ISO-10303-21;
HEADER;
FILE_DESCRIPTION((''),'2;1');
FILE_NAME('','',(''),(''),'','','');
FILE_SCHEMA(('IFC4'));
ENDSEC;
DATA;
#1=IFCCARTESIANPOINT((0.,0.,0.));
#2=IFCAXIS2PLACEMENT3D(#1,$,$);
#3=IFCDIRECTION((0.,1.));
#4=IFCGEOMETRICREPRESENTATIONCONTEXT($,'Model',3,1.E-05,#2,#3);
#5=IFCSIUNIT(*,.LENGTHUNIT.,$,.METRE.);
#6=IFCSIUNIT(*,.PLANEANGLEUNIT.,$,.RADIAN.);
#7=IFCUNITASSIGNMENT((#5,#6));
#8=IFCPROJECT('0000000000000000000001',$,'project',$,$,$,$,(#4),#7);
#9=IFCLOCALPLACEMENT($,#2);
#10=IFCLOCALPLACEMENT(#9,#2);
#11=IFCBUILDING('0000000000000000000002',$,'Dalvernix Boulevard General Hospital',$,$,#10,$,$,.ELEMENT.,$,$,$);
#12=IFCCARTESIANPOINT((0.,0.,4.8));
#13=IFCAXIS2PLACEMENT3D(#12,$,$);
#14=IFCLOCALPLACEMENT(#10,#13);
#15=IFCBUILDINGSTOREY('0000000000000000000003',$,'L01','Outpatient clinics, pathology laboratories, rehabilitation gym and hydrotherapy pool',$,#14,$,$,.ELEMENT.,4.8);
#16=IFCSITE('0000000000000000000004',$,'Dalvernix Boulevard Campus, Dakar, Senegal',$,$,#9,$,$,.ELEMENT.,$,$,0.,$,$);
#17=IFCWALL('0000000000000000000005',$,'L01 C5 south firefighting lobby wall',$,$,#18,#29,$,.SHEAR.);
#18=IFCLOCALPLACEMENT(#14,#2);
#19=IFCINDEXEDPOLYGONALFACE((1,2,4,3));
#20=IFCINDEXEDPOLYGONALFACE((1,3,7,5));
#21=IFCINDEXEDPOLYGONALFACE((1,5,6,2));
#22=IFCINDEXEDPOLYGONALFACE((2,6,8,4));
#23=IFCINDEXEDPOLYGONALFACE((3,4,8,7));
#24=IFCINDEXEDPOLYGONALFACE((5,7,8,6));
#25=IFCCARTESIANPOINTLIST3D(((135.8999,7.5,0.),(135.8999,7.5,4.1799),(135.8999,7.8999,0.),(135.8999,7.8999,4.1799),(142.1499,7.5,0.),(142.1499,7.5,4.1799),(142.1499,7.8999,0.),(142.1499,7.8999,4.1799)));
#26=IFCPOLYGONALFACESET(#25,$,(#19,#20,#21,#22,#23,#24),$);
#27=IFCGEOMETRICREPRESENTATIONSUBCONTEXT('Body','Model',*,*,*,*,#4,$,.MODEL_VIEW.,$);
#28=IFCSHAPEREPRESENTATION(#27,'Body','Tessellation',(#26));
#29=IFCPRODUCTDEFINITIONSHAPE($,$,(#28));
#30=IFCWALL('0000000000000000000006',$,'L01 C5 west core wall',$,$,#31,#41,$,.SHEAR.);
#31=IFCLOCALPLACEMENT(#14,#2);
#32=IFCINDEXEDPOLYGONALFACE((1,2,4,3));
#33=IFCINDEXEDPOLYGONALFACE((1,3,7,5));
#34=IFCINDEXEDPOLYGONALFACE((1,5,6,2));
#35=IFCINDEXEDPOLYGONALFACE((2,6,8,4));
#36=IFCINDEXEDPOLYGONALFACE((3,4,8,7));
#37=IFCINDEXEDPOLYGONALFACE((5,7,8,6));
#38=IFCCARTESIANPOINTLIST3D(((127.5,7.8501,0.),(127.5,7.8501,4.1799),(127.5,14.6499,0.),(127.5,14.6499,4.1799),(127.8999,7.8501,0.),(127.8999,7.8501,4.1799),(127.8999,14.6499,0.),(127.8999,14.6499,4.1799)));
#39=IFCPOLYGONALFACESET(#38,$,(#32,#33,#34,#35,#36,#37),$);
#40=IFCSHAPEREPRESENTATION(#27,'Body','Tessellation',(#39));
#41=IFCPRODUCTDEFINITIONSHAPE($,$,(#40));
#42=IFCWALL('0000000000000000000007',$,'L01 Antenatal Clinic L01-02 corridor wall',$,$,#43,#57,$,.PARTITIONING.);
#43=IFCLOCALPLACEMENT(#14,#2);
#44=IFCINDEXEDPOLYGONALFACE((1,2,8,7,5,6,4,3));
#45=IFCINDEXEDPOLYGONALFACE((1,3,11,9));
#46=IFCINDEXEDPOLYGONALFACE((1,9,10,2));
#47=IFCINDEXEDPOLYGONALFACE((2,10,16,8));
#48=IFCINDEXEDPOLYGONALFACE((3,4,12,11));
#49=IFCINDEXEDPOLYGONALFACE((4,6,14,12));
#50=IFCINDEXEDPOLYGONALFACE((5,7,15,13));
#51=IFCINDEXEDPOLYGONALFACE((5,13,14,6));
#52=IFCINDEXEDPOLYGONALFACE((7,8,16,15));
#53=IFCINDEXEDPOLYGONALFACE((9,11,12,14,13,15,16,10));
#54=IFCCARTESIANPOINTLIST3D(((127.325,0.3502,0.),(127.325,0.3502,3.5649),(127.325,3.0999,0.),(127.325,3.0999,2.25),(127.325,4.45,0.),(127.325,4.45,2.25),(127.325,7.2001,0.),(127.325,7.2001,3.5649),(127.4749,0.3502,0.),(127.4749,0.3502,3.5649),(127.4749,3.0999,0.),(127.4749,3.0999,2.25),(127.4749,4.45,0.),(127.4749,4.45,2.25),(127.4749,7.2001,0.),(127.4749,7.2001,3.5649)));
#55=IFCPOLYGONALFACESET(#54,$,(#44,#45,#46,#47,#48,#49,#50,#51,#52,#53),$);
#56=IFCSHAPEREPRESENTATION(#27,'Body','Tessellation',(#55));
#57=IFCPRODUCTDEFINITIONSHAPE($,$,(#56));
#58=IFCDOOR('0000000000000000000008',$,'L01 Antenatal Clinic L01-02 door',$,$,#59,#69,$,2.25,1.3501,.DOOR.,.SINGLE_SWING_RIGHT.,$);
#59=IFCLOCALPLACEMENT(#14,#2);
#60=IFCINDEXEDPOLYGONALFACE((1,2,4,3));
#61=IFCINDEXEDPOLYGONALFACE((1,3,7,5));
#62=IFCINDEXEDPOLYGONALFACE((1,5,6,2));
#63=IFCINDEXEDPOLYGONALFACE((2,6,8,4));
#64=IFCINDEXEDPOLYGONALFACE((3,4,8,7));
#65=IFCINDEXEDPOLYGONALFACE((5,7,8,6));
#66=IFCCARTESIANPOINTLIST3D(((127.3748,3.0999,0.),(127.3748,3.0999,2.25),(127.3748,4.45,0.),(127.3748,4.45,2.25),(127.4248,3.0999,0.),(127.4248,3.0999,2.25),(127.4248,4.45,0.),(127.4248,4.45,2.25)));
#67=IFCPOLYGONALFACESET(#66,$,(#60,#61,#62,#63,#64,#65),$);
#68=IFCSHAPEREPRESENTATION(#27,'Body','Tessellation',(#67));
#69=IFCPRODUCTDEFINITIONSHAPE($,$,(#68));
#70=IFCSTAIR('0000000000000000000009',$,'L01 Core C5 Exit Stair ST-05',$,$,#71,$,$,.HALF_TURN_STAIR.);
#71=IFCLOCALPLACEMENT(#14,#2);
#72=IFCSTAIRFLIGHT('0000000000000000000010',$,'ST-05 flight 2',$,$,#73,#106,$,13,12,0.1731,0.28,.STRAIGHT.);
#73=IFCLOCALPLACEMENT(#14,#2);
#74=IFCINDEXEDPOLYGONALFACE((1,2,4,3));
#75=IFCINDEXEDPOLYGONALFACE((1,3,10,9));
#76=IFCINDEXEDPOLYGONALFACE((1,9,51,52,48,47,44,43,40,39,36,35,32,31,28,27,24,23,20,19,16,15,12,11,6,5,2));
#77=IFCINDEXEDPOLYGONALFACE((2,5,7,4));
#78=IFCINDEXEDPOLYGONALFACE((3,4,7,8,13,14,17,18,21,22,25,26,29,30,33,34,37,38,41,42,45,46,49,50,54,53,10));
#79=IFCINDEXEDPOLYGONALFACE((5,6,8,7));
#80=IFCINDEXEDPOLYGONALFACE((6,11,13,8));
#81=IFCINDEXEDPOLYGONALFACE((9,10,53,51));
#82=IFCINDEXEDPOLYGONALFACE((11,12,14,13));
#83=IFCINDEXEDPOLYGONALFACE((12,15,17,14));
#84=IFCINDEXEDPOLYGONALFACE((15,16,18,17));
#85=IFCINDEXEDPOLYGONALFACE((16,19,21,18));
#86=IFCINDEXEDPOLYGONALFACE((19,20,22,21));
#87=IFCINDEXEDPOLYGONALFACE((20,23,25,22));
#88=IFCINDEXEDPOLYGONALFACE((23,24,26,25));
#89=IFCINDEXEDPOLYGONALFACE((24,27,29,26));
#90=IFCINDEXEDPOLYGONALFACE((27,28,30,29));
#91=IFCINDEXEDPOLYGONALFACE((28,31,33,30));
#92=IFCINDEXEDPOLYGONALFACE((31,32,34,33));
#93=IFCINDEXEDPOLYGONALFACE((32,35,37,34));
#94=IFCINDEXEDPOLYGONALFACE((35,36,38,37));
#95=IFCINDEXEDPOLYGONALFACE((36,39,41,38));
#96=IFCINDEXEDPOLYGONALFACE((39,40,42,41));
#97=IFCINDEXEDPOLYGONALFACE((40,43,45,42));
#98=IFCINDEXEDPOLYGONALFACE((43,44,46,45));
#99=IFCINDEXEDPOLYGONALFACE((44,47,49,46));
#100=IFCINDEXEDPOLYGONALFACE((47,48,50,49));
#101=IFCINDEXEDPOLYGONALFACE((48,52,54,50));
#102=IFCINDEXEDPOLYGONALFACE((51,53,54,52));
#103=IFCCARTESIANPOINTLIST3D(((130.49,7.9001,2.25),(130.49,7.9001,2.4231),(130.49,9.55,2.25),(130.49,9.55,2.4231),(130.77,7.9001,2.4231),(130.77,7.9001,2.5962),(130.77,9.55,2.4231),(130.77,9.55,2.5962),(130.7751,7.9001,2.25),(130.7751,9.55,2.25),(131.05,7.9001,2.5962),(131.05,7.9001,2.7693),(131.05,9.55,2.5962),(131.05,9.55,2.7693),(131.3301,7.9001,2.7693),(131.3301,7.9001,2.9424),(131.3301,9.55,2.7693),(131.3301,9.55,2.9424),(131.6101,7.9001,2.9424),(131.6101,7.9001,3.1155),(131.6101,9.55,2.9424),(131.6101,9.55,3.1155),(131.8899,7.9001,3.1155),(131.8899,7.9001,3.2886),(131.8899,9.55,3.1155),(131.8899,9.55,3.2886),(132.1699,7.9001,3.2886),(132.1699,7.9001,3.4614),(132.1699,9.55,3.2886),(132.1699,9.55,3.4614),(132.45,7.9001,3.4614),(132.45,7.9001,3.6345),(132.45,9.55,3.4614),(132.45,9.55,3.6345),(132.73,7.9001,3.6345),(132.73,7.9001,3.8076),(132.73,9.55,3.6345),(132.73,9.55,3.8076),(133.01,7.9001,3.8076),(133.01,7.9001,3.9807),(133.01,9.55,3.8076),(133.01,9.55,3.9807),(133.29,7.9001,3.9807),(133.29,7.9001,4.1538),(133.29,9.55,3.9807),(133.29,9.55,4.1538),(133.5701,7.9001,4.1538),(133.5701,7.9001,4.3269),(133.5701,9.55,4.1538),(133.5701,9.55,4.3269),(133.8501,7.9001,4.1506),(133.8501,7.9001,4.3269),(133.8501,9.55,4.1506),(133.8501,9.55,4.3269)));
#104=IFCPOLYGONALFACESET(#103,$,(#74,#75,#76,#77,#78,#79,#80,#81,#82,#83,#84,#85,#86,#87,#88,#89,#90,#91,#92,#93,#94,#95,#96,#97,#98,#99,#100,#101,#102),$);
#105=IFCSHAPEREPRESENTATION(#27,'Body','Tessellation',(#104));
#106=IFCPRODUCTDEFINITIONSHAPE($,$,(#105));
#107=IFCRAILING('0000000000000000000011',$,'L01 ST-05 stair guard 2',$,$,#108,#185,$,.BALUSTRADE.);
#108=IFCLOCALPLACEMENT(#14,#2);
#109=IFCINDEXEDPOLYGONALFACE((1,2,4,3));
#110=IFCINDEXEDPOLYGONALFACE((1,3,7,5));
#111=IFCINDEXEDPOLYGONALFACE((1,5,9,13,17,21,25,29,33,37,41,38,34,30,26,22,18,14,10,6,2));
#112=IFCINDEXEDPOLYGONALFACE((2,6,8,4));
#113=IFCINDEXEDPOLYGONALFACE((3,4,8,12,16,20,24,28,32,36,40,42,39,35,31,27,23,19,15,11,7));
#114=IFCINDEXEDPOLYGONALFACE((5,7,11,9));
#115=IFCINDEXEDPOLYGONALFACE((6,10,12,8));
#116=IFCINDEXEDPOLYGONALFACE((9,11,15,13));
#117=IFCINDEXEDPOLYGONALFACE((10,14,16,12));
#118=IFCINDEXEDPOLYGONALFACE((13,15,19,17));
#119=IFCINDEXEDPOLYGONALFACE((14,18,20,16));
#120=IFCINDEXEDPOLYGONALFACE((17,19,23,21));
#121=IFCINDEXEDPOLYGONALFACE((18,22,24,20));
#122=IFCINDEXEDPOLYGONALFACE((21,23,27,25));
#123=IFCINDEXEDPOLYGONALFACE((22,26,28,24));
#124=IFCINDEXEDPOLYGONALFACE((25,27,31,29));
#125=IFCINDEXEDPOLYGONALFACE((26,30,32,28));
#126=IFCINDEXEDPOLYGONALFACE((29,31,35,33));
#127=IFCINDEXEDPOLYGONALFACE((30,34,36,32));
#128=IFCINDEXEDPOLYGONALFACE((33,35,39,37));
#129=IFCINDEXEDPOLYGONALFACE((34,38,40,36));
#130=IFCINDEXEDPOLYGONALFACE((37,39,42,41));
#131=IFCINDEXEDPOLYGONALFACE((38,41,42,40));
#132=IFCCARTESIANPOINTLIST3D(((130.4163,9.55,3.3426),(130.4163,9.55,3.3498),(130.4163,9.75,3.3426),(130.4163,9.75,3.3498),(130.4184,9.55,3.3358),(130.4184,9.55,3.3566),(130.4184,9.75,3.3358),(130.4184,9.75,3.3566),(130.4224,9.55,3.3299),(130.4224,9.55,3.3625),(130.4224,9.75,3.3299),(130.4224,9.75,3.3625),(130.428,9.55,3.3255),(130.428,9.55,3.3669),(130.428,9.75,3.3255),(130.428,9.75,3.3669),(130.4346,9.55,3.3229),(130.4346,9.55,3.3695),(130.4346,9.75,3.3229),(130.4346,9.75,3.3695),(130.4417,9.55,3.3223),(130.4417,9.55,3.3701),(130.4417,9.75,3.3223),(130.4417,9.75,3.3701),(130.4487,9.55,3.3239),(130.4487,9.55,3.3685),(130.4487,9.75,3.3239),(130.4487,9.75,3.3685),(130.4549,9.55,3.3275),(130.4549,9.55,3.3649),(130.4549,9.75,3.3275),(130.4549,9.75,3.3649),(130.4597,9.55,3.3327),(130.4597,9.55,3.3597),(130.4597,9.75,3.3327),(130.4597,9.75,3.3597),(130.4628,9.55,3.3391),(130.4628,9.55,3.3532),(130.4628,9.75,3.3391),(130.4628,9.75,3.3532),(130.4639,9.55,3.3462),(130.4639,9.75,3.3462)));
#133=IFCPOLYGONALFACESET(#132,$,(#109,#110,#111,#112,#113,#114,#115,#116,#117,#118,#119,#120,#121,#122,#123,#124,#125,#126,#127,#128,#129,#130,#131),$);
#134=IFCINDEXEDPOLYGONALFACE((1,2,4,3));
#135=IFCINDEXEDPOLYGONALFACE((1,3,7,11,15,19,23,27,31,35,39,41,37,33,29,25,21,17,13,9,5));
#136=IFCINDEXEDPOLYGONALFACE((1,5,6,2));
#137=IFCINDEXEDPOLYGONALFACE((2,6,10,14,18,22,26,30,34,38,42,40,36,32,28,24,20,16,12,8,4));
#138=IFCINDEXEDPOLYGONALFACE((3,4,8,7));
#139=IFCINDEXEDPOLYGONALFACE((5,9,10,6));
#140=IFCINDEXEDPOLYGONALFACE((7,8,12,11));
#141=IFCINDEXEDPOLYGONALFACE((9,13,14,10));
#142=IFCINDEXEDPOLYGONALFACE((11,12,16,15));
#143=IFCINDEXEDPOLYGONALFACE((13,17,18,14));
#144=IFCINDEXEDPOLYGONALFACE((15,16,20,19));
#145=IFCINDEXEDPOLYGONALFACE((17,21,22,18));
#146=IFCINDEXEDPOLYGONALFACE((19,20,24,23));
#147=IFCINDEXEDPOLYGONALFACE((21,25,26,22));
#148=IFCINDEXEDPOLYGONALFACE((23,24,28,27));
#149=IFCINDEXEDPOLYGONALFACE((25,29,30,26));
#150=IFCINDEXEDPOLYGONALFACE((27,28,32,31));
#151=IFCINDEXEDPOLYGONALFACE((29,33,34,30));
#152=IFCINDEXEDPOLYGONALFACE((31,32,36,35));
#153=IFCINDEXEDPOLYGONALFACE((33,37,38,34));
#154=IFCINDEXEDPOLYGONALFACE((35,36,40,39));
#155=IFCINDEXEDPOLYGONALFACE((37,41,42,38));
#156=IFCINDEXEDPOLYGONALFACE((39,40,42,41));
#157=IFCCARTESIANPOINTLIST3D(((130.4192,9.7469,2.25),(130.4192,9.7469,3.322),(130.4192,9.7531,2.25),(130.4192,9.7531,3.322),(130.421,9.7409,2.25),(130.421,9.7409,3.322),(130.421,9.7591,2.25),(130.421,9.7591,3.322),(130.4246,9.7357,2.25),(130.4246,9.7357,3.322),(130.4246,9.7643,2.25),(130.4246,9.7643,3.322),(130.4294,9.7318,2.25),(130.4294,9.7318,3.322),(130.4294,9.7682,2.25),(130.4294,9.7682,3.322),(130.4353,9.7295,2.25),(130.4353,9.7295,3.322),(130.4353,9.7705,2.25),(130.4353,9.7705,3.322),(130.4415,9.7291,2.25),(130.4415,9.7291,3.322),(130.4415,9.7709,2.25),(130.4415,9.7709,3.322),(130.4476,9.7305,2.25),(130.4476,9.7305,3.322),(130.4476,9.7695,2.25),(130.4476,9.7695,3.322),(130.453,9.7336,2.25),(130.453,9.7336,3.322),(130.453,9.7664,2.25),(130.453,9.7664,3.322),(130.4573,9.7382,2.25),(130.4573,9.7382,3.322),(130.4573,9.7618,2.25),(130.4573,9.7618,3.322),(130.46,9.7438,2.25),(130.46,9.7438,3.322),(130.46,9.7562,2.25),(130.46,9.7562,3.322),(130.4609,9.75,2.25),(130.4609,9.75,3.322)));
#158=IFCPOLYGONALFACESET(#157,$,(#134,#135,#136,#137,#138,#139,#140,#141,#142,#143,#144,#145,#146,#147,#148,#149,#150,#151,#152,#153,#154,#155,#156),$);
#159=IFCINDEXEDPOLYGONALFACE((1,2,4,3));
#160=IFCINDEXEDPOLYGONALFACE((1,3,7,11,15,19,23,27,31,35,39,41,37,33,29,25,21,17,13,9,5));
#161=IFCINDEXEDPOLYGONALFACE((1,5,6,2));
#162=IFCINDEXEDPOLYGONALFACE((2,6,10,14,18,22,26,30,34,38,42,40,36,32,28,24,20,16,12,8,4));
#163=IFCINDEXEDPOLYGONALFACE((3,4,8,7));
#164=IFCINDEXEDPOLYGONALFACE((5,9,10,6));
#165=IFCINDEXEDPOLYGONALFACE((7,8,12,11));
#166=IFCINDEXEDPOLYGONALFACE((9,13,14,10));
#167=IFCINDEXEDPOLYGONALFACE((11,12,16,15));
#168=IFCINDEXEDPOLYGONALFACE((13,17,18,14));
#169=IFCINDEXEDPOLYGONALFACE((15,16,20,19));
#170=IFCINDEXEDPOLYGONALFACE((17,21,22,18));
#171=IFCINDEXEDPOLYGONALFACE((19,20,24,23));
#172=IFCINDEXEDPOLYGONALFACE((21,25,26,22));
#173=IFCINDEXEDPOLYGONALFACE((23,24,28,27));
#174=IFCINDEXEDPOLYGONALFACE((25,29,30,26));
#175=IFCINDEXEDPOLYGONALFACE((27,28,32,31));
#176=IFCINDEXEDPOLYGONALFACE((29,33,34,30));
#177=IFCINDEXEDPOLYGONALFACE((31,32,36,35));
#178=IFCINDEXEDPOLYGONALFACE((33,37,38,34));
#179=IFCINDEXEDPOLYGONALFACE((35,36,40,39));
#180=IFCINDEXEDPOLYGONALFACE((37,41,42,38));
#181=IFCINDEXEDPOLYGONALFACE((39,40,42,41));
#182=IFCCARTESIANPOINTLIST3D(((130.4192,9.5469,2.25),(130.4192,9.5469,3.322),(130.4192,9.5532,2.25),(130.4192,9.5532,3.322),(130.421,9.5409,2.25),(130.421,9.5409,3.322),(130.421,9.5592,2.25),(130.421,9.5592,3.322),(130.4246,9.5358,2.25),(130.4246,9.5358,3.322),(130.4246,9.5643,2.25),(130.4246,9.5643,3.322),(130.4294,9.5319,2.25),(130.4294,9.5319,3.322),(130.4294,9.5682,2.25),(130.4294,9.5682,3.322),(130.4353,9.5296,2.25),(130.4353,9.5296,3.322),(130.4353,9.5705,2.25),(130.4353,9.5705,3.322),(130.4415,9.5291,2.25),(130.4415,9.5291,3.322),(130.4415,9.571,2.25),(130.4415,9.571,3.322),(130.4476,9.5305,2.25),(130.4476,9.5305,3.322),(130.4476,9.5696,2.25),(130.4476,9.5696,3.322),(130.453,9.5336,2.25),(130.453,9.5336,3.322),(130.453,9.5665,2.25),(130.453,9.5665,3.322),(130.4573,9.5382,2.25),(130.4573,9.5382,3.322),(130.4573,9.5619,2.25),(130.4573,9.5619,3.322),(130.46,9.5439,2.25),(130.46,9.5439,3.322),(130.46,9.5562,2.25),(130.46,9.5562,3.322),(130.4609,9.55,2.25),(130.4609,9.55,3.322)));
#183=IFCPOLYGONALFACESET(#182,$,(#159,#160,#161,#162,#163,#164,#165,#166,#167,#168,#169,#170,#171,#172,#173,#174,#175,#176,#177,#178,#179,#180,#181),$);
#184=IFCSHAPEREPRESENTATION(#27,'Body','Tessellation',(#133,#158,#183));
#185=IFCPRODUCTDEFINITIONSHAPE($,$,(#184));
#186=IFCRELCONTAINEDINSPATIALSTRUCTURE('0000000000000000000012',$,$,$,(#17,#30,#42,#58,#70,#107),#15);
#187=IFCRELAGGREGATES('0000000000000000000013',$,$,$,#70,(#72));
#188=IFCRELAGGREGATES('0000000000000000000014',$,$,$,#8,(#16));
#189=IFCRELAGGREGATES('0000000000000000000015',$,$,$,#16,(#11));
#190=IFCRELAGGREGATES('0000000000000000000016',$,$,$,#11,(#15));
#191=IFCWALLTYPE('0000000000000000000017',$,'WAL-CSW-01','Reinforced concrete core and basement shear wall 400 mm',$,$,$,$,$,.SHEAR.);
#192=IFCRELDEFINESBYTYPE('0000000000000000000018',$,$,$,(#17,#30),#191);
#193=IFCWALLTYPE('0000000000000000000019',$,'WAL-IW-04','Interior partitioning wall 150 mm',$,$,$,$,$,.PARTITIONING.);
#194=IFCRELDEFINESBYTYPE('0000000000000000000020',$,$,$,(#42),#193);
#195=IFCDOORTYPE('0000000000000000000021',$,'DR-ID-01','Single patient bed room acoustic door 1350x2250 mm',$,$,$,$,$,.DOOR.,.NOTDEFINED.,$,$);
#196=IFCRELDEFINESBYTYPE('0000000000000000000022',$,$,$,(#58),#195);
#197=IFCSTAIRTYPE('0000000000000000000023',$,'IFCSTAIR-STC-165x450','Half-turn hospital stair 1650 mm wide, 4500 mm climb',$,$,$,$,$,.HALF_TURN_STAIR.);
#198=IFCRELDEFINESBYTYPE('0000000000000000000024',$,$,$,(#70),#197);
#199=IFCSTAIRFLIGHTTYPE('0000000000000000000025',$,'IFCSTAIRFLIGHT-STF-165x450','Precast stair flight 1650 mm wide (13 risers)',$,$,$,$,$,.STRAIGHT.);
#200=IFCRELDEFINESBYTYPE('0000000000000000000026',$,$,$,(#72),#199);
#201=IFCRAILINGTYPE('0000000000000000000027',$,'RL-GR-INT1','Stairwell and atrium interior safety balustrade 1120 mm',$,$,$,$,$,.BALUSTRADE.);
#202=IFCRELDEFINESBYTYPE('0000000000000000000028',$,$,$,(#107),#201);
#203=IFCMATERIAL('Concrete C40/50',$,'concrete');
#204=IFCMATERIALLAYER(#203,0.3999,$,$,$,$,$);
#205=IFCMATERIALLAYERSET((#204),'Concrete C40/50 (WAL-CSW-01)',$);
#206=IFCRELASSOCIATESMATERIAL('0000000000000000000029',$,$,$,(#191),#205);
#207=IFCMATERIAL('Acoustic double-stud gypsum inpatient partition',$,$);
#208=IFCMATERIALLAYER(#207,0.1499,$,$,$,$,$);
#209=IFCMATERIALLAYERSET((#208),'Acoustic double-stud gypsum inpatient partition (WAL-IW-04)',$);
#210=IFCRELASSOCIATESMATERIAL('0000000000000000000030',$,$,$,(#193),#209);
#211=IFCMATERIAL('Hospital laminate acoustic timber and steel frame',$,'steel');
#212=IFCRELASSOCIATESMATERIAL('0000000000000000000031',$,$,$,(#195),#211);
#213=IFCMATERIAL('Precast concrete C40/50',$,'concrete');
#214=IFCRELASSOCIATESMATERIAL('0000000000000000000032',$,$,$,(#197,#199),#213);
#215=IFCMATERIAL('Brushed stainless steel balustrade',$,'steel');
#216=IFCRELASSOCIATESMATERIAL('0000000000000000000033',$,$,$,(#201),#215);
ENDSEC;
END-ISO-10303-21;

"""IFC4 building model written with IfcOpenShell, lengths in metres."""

from ifc_helpers import new_model, si_unit, direction, frame, frame_2d, origin, origin_2d, place, context, subcontext, project, spatial, polyline, rectangle, circle, outline, extrude, material, layer, layer_set, type_object, element, fill, aggregate, save


model = new_model("IFC4")

# Units and contexts
model_context = context("Model", 3, precision=1e-05, world=origin(), true_north=direction((0.0, 1.0)))
body_context = subcontext(model_context, "Body", "Model", "MODEL_VIEW")
ifc_project = project(units=[si_unit("LENGTHUNIT", "METRE"), si_unit("PLANEANGLEUNIT", "RADIAN")], contexts=[model_context])

# Site, building, storey
site_placement = place(None, origin())
site = spatial("IfcSite", under=ifc_project, at=site_placement, Name="Dalvernix Boulevard Campus, Dakar, Senegal", CompositionType="ELEMENT", RefElevation=0.0)
building_placement = place(site_placement, origin())
building = spatial("IfcBuilding", under=site, at=building_placement, Name="Dalvernix Boulevard General Hospital", CompositionType="ELEMENT")
storey_placement = place(building_placement, frame((0.0, 0.0, 4.8)))
storey = spatial("IfcBuildingStorey", under=building, at=storey_placement, Name="L01", Description="Outpatient clinics, pathology laboratories, rehabilitation gym and hydrotherapy pool", CompositionType="ELEMENT", Elevation=4.8)

# Shared definitions
ifc_material_1 = material(Name="Concrete C40/50", Category="concrete")

# Walls
ifc_layer_1 = layer(ifc_material_1, 0.3999)
ifc_layer_set_1 = layer_set([ifc_layer_1], Name="Concrete C40/50 (WAL-CSW-01)")
wall_type_1 = type_object("IfcWallType", Name="WAL-CSW-01", Description="Reinforced concrete core and basement shear wall 400 mm", PredefinedType="SHEAR", material=ifc_layer_set_1)
wall_1_placement = place(storey_placement, frame((135.8999, 7.7, 0.0), z_axis=(0.0, 0.0, 1.0), x_axis=(1.0, 0.0, 0.0)))
element("IfcWall", 1, at=wall_1_placement, inside=storey, type_object=wall_type_1, Name="L01 C5 south firefighting lobby wall", PredefinedType="SHEAR", context=body_context, shape_type="SweptSolid", body=[
    extrude(rectangle(XDim=6.25, YDim=0.3999, at=frame_2d((3.125, 0.0))), origin(), (0.0, 0.0, 1.0), 4.1799),
])
wall_2_placement = place(storey_placement, frame((127.7, 7.8501, 0.0), z_axis=(0.0, 0.0, 1.0), x_axis=(0.0, 1.0, 0.0)))
element("IfcWall", 2, at=wall_2_placement, inside=storey, type_object=wall_type_1, Name="L01 C5 west core wall", PredefinedType="SHEAR", context=body_context, shape_type="SweptSolid", body=[
    extrude(rectangle(XDim=6.7998, YDim=0.3999, at=frame_2d((3.3999, 0.0))), origin(), (0.0, 0.0, 1.0), 4.1799),
])

# Wall, opening, door
ifc_material_2 = material(Name="Acoustic double-stud gypsum inpatient partition")
ifc_layer_2 = layer(ifc_material_2, 0.1499)
ifc_layer_set_2 = layer_set([ifc_layer_2], Name="Acoustic double-stud gypsum inpatient partition (WAL-IW-04)")
wall_type_2 = type_object("IfcWallType", Name="WAL-IW-04", Description="Interior partitioning wall 150 mm", PredefinedType="PARTITIONING", material=ifc_layer_set_2)
wall_3_placement = place(storey_placement, frame((127.3999, 7.2, 0.0), z_axis=(0.0, 0.0, 1.0), x_axis=(0.0, -1.0, 0.0)))
wall_3 = element("IfcWall", 3, at=wall_3_placement, inside=storey, type_object=wall_type_2, Name="L01 Antenatal Clinic L01-02 corridor wall", PredefinedType="PARTITIONING", context=body_context, shape_type="SweptSolid", body=[
    extrude(rectangle(XDim=6.8499, YDim=0.1499, at=frame_2d((3.4248, 0.0))), origin(), (0.0, 0.0, 1.0), 3.5649),
])
opening_placement = place(wall_3_placement, frame((2.75, 0.0, 0.0)))
opening = element("IfcOpeningElement", 4, at=opening_placement, cuts=wall_3, PredefinedType="OPENING", context=body_context, shape_type="SweptSolid", body=[
    extrude(rectangle(XDim=1.3501, YDim=2.25, at=frame_2d((0.675, 1.125))), frame((0.0, 0.085, 0.0), z_axis=(0.0, -1.0, 0.0), x_axis=(1.0, 0.0, 0.0)), (0.0, 0.0, 1.0), 0.1699),
])
ifc_material_3 = material(Name="Hospital laminate acoustic timber and steel frame", Category="steel")
door_type = type_object("IfcDoorType", Name="DR-ID-01", Description="Single patient bed room acoustic door 1350x2250 mm", OperationType="NOTDEFINED", PredefinedType="DOOR", material=ifc_material_3)
door_placement = place(opening_placement, origin())
door = element("IfcDoor", 5, at=door_placement, inside=storey, type_object=door_type, Name="L01 Antenatal Clinic L01-02 door", OperationType="SINGLE_SWING_RIGHT", OverallHeight=2.25, OverallWidth=1.3501, PredefinedType="DOOR", context=body_context, shape_type="SweptSolid", body=[
    extrude(rectangle(XDim=1.3501, YDim=2.25, at=frame_2d((0.675, 1.125))), frame((0.0, 0.0249, 0.0), z_axis=(0.0, -1.0, 0.0), x_axis=(1.0, 0.0, 0.0)), (0.0, 0.0, 1.0), 0.05),
])
fill(opening, door)

# Stair, stair flight
ifc_material_4 = material(Name="Precast concrete C40/50", Category="concrete")
stair_type = type_object("IfcStairType", Name="IFCSTAIR-STC-165x450", Description="Half-turn hospital stair 1650 mm wide, 4500 mm climb", PredefinedType="HALF_TURN_STAIR", material=ifc_material_4)
stair_placement = place(storey_placement, origin())
stair = element("IfcStair", 6, at=stair_placement, inside=storey, type_object=stair_type, Name="L01 Core C5 Exit Stair ST-05", PredefinedType="HALF_TURN_STAIR")
stair_flight_type = type_object("IfcStairFlightType", Name="IFCSTAIRFLIGHT-STF-165x450", Description="Precast stair flight 1650 mm wide (13 risers)", PredefinedType="STRAIGHT", material=ifc_material_4)
stair_flight_placement = place(storey_placement, frame((130.49, 8.7251, 2.25), z_axis=(0.0, 0.0, 1.0), x_axis=(1.0, 0.0, 0.0)))
stair_flight = element("IfcStairFlight", 7, at=stair_flight_placement, type_object=stair_flight_type, Name="ST-05 flight 2", NumberOfRisers=13, NumberOfTreads=12, PredefinedType="STRAIGHT", RiserHeight=0.1731, TreadLength=0.28, context=body_context, shape_type="SweptSolid", body=[
    extrude(outline(polyline([(0.0, 0.0), (0.0, 0.1731), (0.28, 0.1731), (0.28, 0.3462), (0.5601, 0.3462), (0.5601, 0.5193), (0.8401, 0.5193), (0.8401, 0.6924), (1.1201, 0.6924), (1.1201, 0.8655), (1.3999, 0.8655), (1.3999, 1.0386), (1.6799, 1.0386), (1.6799, 1.2114), (1.96, 1.2114), (1.96, 1.3845), (2.24, 1.3845), (2.24, 1.5576), (2.52, 1.5576), (2.52, 1.7307), (2.8, 1.7307), (2.8, 1.9038), (3.0801, 1.9038), (3.0801, 2.0769), (3.3601, 2.0769), (3.3601, 2.25), (3.3601, 1.9006), (0.2852, 0.0), (0.0, 0.0)])), frame((0.0, 0.825, 0.0), z_axis=(0.0, -1.0, 0.0), x_axis=(1.0, 0.0, 0.0)), (0.0, 0.0, 1.0), 1.6499),
])
aggregate(stair, [stair_flight])

# Railing
ifc_material_5 = material(Name="Brushed stainless steel balustrade", Category="steel")
railing_type_1 = type_object("IfcRailingType", Name="RL-GR-INT1", Description="Stairwell and atrium interior safety balustrade 1120 mm", PredefinedType="BALUSTRADE", material=ifc_material_5)
railing_1_placement = place(storey_placement, frame((130.4399, 9.75, 2.25)))
element("IfcRailing", 8, at=railing_1_placement, inside=storey, type_object=railing_type_1, Name="L01 ST-05 stair guard 2", PredefinedType="BALUSTRADE", context=body_context, shape_type="SweptSolid", body=[
    extrude(circle(Radius=0.0239, at=origin_2d()), frame((0.0, 0.0, 1.0962), z_axis=(0.0, -1.0, 0.0), x_axis=(1.0, 0.0, 0.0)), (0.0, 0.0, 1.0), 0.2),
    extrude(circle(Radius=0.021, at=origin_2d()), origin(), (0.0, 0.0, 1.0), 1.072),
    extrude(circle(Radius=0.021, at=origin_2d()), frame((0.0, -0.2, 0.0)), (0.0, 0.0, 1.0), 1.072),
])

save(model, "model.ifc")
